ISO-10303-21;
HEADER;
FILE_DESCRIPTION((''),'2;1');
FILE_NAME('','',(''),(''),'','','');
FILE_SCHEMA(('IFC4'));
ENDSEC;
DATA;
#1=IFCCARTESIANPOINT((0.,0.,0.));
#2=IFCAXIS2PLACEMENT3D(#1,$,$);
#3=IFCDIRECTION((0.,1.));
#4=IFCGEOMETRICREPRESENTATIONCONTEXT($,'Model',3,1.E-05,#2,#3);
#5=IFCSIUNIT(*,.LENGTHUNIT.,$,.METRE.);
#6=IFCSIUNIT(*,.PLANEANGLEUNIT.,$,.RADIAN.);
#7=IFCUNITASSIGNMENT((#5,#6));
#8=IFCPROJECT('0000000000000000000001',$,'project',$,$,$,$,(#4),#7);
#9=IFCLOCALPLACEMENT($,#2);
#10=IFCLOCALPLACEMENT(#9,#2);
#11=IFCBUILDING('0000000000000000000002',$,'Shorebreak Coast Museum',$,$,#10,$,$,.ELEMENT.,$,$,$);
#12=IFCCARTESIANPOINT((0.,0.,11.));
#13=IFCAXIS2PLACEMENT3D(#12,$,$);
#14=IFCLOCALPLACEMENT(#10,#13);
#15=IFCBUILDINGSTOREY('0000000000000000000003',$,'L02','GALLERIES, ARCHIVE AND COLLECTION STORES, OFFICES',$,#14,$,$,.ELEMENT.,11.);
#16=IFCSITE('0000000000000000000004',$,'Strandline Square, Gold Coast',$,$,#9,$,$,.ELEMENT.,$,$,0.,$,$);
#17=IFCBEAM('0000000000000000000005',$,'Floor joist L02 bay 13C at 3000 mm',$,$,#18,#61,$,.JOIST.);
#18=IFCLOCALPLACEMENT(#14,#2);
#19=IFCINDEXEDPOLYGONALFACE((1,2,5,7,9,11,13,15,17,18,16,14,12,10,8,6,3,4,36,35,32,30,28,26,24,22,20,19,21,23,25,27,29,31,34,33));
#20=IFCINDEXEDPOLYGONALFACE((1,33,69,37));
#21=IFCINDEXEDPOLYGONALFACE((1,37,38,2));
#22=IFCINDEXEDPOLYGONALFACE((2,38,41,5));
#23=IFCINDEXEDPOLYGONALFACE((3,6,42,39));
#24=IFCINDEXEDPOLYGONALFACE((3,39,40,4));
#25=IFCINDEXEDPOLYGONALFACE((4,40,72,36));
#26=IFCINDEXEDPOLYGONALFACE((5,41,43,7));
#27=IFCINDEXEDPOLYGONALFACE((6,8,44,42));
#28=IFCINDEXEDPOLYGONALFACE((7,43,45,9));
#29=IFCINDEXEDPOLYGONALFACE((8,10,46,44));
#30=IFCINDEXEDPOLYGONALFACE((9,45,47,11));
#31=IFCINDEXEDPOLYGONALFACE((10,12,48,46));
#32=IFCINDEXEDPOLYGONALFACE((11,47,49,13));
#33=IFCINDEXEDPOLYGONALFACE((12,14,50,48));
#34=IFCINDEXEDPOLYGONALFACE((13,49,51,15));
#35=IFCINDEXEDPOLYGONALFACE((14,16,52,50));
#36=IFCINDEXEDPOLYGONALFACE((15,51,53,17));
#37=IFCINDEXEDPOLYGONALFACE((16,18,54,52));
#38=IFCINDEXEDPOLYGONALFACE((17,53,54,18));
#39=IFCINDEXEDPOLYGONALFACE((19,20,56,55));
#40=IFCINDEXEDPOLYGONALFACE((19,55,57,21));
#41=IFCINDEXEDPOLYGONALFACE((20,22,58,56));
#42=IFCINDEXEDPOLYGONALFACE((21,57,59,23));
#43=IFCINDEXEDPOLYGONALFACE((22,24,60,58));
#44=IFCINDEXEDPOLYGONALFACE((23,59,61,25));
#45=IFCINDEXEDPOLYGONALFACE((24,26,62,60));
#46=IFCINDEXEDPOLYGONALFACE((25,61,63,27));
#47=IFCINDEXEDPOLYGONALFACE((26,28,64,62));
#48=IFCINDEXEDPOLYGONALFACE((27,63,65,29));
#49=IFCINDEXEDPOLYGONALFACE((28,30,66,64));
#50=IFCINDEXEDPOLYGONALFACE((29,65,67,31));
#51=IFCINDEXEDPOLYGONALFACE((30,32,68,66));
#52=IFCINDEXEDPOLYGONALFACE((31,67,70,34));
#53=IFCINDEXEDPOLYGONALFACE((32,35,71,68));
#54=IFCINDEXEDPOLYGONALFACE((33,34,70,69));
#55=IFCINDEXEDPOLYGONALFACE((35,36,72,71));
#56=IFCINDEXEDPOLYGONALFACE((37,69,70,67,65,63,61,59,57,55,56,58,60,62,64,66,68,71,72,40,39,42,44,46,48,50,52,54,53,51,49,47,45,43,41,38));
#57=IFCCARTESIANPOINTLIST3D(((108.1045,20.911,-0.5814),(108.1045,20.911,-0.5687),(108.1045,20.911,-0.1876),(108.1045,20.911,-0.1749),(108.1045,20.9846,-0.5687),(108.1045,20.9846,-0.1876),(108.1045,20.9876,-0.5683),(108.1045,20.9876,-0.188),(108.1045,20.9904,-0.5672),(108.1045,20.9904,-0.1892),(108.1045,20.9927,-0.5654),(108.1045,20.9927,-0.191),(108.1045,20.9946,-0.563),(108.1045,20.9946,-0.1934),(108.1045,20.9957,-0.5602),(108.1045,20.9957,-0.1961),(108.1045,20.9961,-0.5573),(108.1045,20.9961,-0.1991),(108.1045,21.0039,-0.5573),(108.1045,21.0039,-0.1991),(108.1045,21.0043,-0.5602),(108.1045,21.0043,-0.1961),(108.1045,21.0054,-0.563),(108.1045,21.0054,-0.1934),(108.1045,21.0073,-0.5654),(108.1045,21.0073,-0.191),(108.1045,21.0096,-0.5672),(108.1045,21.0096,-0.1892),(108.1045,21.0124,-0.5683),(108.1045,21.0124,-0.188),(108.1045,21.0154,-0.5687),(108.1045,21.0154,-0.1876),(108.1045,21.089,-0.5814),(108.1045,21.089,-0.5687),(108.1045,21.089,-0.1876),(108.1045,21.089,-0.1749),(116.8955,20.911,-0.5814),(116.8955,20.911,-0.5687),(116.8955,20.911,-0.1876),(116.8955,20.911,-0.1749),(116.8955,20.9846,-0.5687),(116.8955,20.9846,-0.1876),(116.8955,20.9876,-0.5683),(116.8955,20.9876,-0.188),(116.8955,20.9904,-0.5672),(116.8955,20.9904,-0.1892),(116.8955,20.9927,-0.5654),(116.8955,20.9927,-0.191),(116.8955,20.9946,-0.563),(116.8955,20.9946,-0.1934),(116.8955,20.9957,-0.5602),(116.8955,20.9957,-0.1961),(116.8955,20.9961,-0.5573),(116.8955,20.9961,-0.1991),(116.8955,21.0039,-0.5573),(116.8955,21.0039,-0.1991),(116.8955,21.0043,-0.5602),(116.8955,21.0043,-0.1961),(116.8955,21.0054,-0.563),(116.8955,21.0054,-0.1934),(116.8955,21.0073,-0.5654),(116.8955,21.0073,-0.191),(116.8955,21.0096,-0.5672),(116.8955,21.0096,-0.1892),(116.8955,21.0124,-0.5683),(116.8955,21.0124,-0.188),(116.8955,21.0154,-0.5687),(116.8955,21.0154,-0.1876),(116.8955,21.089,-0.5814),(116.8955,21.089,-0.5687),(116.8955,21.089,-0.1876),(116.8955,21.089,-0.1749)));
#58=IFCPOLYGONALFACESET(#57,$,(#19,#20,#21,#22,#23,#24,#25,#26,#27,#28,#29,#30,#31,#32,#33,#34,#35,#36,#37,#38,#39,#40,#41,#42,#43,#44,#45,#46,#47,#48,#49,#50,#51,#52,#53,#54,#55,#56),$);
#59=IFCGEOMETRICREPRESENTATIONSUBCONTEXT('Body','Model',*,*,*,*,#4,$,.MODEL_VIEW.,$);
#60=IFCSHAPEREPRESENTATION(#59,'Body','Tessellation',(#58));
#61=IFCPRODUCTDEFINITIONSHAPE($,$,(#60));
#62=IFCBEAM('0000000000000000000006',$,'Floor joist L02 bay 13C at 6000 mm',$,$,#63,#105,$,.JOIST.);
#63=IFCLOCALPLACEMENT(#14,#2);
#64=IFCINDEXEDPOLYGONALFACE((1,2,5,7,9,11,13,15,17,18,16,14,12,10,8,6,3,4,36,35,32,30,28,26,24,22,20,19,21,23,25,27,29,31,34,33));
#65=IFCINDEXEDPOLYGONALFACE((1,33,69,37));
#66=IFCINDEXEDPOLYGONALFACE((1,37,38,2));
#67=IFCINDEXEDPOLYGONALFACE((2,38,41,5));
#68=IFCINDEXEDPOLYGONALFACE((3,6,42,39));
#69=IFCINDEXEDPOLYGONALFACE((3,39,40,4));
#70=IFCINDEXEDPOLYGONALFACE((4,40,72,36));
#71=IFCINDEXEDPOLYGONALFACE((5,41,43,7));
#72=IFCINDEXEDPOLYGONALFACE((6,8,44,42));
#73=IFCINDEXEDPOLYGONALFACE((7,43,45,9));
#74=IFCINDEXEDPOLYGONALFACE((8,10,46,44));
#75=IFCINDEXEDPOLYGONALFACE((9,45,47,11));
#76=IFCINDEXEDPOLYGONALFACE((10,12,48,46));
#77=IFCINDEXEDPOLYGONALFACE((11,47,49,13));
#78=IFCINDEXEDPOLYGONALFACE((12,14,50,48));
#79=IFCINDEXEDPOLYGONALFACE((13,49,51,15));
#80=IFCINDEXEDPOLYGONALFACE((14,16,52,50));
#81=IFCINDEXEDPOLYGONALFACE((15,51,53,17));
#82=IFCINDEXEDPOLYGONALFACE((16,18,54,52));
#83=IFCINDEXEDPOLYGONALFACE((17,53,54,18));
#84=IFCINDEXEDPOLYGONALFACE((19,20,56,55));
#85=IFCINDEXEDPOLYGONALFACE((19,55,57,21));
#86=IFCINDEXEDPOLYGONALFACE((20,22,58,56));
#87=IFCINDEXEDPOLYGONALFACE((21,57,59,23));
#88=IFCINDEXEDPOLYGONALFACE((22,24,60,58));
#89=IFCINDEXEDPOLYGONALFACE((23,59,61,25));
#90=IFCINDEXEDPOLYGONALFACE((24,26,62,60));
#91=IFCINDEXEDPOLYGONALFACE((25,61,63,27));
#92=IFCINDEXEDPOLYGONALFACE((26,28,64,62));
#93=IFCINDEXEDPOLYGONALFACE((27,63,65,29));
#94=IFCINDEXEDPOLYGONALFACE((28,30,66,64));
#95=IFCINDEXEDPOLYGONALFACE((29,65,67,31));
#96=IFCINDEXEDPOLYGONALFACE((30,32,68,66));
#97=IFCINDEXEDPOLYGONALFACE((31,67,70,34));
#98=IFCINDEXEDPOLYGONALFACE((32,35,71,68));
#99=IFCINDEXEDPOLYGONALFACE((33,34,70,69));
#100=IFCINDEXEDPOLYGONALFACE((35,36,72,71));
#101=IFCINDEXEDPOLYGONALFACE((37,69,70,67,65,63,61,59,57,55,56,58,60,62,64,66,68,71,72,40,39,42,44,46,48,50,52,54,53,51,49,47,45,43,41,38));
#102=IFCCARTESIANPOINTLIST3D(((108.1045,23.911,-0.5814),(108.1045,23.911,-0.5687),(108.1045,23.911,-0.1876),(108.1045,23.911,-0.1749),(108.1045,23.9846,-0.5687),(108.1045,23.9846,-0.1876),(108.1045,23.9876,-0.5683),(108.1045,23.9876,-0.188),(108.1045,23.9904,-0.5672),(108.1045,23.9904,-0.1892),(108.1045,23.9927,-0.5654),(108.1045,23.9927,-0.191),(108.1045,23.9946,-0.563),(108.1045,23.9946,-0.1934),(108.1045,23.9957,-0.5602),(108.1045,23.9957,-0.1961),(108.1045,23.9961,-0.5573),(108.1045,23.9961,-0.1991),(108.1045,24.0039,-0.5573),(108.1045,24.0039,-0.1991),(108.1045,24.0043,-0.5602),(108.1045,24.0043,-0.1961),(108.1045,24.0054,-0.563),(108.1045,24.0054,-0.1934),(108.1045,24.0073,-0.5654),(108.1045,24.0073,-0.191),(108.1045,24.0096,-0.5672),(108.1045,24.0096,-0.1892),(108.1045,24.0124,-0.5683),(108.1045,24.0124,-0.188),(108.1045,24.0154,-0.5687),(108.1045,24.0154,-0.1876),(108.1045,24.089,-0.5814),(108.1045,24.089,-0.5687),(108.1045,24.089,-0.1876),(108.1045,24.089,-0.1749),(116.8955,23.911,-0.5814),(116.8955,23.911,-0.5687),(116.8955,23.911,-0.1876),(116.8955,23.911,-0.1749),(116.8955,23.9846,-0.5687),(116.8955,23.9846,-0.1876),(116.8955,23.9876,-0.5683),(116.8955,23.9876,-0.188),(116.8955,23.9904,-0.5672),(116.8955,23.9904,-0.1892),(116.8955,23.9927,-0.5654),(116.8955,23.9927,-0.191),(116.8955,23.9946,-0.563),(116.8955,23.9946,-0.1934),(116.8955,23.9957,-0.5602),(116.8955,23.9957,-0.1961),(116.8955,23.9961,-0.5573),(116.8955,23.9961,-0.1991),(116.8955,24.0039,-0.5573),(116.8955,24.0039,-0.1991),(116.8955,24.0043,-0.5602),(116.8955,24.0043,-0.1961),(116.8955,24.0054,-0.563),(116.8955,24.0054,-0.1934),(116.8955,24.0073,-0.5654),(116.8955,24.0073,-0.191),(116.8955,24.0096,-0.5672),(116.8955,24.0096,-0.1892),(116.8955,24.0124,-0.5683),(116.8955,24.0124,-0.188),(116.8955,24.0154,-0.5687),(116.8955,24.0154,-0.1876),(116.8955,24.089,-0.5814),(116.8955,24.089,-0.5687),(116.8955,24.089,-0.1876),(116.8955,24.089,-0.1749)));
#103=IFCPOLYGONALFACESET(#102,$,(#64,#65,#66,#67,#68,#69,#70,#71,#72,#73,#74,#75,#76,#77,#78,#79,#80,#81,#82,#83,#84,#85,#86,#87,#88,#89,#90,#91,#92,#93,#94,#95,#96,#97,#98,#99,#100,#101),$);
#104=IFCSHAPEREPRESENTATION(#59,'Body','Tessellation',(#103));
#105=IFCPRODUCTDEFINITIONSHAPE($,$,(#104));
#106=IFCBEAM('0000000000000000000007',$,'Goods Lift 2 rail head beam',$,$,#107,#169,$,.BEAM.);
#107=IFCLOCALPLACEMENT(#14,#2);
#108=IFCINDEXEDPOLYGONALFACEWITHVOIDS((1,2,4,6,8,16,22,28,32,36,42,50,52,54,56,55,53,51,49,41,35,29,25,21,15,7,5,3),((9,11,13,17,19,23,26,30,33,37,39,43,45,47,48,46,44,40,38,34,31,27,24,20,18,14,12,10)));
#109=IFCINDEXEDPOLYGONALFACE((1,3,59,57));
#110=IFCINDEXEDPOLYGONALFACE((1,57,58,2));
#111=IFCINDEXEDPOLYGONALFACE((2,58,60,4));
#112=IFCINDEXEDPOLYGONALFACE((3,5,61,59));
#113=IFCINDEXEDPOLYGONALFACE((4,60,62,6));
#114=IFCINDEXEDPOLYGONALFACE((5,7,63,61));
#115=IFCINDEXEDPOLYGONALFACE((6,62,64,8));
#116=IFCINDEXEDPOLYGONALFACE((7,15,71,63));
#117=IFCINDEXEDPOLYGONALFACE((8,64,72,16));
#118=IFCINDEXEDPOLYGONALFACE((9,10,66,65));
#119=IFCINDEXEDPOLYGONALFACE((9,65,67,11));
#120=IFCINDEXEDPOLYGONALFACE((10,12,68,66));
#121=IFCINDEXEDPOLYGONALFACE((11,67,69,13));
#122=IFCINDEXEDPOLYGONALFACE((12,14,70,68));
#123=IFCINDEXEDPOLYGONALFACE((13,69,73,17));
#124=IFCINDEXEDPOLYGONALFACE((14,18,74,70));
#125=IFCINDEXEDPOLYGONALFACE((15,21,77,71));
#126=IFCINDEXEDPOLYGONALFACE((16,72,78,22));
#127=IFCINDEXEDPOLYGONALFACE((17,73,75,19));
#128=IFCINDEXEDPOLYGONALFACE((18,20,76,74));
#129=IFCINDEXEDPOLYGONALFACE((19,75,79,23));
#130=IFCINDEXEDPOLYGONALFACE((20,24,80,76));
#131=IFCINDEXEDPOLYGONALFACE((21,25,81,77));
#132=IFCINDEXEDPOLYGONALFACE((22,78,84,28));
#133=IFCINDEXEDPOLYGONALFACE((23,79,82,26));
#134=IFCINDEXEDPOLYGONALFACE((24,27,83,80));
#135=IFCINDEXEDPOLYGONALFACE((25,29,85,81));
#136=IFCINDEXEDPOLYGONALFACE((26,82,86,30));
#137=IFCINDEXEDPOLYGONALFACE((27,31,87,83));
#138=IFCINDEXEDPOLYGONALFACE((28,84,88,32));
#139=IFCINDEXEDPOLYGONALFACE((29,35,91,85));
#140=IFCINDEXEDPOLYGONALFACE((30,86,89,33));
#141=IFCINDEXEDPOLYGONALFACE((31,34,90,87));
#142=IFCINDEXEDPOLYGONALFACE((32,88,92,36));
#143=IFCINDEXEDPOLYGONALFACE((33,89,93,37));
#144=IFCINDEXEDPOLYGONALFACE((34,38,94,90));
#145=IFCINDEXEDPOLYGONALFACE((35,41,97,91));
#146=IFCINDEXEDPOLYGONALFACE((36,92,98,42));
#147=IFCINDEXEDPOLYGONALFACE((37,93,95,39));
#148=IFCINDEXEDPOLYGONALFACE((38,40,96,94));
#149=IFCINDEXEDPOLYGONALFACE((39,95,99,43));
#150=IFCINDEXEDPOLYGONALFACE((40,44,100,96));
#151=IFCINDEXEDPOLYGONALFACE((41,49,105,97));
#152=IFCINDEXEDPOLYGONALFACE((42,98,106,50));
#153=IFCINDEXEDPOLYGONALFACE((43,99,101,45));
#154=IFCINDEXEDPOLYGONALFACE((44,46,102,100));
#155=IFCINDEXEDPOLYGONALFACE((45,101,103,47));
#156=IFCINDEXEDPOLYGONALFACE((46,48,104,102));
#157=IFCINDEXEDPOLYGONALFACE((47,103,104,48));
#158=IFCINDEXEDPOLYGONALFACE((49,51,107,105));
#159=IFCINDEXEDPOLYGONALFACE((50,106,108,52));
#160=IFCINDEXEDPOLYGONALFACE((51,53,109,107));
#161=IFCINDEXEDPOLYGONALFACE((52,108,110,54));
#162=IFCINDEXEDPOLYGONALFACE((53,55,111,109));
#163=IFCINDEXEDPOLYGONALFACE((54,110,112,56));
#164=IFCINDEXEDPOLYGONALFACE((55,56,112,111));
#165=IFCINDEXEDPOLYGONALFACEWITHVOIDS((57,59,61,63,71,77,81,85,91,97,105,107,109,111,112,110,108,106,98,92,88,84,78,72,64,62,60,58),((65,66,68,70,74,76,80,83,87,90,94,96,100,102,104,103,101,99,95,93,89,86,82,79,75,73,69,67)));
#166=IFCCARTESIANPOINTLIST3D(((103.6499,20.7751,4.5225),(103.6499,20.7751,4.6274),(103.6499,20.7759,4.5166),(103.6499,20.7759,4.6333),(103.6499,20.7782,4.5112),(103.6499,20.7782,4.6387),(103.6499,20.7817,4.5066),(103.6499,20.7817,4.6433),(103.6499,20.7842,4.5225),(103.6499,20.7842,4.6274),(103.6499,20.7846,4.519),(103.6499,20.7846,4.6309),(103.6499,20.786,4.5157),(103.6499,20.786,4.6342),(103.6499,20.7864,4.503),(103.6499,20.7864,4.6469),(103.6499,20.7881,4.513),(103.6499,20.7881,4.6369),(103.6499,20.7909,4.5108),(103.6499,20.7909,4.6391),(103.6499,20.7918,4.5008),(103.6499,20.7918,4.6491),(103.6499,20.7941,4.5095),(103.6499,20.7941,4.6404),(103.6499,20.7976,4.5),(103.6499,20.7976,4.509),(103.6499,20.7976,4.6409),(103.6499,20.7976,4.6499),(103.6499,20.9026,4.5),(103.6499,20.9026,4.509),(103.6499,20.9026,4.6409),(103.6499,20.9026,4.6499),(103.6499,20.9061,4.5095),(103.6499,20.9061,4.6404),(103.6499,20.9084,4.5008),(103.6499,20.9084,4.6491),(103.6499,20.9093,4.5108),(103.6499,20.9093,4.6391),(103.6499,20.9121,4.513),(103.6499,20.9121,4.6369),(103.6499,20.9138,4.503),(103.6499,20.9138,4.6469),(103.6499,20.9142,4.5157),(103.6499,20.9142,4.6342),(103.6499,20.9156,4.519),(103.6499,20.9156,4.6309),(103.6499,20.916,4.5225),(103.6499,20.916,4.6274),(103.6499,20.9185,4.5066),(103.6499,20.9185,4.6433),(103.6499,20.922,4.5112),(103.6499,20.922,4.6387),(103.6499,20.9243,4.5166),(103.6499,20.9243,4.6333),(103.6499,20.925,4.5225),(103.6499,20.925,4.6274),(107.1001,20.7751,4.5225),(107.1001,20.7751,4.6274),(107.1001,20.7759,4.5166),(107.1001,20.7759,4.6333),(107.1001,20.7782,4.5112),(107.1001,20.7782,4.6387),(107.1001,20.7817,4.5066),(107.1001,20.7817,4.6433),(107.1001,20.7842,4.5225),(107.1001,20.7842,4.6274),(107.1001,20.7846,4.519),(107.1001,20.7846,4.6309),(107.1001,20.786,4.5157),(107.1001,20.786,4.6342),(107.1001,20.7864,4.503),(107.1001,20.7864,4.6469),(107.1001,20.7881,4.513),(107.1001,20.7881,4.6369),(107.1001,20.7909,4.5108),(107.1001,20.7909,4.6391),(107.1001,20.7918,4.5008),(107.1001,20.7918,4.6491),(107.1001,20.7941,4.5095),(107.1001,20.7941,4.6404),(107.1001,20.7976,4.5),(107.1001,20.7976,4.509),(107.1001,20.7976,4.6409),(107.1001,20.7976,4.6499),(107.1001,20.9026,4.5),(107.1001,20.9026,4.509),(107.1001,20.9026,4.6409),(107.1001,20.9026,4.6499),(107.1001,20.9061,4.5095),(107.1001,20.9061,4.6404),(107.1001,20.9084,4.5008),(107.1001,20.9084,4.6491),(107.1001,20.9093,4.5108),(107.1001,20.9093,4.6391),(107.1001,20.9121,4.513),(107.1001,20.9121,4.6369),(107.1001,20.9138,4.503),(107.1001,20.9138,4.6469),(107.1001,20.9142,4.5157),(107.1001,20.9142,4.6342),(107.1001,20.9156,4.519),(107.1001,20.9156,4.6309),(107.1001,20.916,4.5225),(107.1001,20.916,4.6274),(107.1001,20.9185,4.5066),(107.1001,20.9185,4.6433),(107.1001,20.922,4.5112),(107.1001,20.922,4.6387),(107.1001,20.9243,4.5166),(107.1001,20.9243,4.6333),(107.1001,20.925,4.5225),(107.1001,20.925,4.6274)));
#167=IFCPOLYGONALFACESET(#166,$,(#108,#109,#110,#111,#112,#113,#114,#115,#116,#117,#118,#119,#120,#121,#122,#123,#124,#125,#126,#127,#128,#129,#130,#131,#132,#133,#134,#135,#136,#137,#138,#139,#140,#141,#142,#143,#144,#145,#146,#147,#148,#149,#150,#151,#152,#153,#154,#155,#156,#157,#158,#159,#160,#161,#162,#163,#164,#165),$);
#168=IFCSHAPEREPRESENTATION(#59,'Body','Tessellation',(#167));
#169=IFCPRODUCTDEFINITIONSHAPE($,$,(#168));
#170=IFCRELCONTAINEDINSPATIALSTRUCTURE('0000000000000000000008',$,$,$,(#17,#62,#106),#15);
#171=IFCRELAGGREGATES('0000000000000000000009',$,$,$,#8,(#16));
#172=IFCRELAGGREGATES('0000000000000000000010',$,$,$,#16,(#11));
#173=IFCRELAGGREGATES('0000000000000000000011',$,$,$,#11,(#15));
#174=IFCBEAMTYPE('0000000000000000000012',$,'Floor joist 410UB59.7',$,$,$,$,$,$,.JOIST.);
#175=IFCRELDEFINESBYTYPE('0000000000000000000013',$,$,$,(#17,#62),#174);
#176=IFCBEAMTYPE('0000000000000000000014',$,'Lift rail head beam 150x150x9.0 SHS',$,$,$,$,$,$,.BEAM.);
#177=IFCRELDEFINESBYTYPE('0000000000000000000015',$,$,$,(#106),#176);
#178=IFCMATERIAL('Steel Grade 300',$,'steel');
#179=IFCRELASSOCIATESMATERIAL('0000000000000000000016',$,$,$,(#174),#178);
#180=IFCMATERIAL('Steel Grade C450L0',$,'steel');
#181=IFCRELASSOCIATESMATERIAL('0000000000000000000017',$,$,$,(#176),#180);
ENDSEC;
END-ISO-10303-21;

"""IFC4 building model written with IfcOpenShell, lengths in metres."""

from ifc_helpers import new_model, si_unit, direction, frame, origin, origin_2d, place, context, subcontext, project, spatial, hollow_rectangle, i_section, extrude, material, material_profile, profile_set, type_object, element, save


model = new_model("IFC4")

# Units and contexts
model_context = context("Model", 3, precision=1e-05, world=origin(), true_north=direction((0.0, 1.0)))
body_context = subcontext(model_context, "Body", "Model", "MODEL_VIEW")
ifc_project = project(units=[si_unit("LENGTHUNIT", "METRE"), si_unit("PLANEANGLEUNIT", "RADIAN")], contexts=[model_context])

# Site, building, storey
site_placement = place(None, origin())
site = spatial("IfcSite", under=ifc_project, at=site_placement, Name="Strandline Square, Gold Coast", CompositionType="ELEMENT", RefElevation=0.0)
building_placement = place(site_placement, origin())
building = spatial("IfcBuilding", under=site, at=building_placement, Name="Shorebreak Coast Museum", CompositionType="ELEMENT")
storey_placement = place(building_placement, frame((0.0, 0.0, 11.0)))
storey = spatial("IfcBuildingStorey", under=building, at=storey_placement, Name="L02", Description="GALLERIES, ARCHIVE AND COLLECTION STORES, OFFICES", CompositionType="ELEMENT", Elevation=11.0)

# Beams
ifc_material_1 = material(Name="Steel Grade 300", Category="steel")
ifc_material_profile_1 = material_profile(ifc_material_1, i_section(OverallWidth=0.178, OverallDepth=0.4065, WebThickness=0.0078, FlangeThickness=0.0127, FilletRadius=0.0115, at=origin_2d()), Name="410UB59.7")
ifc_profile_set_1 = profile_set([ifc_material_profile_1], Name="Steel Grade 300")
beam_type_1 = type_object("IfcBeamType", Name="Floor joist 410UB59.7", PredefinedType="JOIST", material=ifc_profile_set_1)
for number, where, z_axis, x_axis, name in (
    (1, (108.1045, 21.0, -0.3782), (1.0, 0.0, 0.0), (0.0, 1.0, 0.0), "Floor joist L02 bay 13C at 3000 mm"),
    (2, (108.1045, 24.0, -0.3782), (1.0, 0.0, 0.0), (0.0, 1.0, 0.0), "Floor joist L02 bay 13C at 6000 mm"),
):
    element("IfcBeam", number, at=place(storey_placement, frame(where, z_axis=z_axis, x_axis=x_axis)), inside=storey, type_object=beam_type_1, Name=name, PredefinedType="JOIST", context=body_context, shape_type="SweptSolid", body=[
        extrude(i_section(OverallWidth=0.178, OverallDepth=0.4065, WebThickness=0.0078, FlangeThickness=0.0127, FilletRadius=0.0115, at=origin_2d()), origin(), (0.0, 0.0, 1.0), 8.791),
    ])
ifc_material_2 = material(Name="Steel Grade C450L0", Category="steel")
ifc_material_profile_2 = material_profile(ifc_material_2, hollow_rectangle(XDim=0.1499, YDim=0.1499, WallThickness=0.009, InnerFilletRadius=0.0134, OuterFilletRadius=0.0225, at=origin_2d()), Name="150x150x9.0 SHS")
ifc_profile_set_2 = profile_set([ifc_material_profile_2], Name="Steel Grade C450L0")
beam_type_2 = type_object("IfcBeamType", Name="Lift rail head beam 150x150x9.0 SHS", PredefinedType="BEAM", material=ifc_profile_set_2)
beam_1_placement = place(storey_placement, frame((103.6499, 20.8501, 4.575), z_axis=(1.0, 0.0, 0.0), x_axis=(0.0, 1.0, 0.0)))
element("IfcBeam", 3, at=beam_1_placement, inside=storey, type_object=beam_type_2, Name="Goods Lift 2 rail head beam", PredefinedType="BEAM", context=body_context, shape_type="SweptSolid", body=[
    extrude(hollow_rectangle(XDim=0.1499, YDim=0.1499, WallThickness=0.009, InnerFilletRadius=0.0134, OuterFilletRadius=0.0225, at=origin_2d()), origin(), (0.0, 0.0, 1.0), 3.4502),
])

save(model, "model.ifc")
